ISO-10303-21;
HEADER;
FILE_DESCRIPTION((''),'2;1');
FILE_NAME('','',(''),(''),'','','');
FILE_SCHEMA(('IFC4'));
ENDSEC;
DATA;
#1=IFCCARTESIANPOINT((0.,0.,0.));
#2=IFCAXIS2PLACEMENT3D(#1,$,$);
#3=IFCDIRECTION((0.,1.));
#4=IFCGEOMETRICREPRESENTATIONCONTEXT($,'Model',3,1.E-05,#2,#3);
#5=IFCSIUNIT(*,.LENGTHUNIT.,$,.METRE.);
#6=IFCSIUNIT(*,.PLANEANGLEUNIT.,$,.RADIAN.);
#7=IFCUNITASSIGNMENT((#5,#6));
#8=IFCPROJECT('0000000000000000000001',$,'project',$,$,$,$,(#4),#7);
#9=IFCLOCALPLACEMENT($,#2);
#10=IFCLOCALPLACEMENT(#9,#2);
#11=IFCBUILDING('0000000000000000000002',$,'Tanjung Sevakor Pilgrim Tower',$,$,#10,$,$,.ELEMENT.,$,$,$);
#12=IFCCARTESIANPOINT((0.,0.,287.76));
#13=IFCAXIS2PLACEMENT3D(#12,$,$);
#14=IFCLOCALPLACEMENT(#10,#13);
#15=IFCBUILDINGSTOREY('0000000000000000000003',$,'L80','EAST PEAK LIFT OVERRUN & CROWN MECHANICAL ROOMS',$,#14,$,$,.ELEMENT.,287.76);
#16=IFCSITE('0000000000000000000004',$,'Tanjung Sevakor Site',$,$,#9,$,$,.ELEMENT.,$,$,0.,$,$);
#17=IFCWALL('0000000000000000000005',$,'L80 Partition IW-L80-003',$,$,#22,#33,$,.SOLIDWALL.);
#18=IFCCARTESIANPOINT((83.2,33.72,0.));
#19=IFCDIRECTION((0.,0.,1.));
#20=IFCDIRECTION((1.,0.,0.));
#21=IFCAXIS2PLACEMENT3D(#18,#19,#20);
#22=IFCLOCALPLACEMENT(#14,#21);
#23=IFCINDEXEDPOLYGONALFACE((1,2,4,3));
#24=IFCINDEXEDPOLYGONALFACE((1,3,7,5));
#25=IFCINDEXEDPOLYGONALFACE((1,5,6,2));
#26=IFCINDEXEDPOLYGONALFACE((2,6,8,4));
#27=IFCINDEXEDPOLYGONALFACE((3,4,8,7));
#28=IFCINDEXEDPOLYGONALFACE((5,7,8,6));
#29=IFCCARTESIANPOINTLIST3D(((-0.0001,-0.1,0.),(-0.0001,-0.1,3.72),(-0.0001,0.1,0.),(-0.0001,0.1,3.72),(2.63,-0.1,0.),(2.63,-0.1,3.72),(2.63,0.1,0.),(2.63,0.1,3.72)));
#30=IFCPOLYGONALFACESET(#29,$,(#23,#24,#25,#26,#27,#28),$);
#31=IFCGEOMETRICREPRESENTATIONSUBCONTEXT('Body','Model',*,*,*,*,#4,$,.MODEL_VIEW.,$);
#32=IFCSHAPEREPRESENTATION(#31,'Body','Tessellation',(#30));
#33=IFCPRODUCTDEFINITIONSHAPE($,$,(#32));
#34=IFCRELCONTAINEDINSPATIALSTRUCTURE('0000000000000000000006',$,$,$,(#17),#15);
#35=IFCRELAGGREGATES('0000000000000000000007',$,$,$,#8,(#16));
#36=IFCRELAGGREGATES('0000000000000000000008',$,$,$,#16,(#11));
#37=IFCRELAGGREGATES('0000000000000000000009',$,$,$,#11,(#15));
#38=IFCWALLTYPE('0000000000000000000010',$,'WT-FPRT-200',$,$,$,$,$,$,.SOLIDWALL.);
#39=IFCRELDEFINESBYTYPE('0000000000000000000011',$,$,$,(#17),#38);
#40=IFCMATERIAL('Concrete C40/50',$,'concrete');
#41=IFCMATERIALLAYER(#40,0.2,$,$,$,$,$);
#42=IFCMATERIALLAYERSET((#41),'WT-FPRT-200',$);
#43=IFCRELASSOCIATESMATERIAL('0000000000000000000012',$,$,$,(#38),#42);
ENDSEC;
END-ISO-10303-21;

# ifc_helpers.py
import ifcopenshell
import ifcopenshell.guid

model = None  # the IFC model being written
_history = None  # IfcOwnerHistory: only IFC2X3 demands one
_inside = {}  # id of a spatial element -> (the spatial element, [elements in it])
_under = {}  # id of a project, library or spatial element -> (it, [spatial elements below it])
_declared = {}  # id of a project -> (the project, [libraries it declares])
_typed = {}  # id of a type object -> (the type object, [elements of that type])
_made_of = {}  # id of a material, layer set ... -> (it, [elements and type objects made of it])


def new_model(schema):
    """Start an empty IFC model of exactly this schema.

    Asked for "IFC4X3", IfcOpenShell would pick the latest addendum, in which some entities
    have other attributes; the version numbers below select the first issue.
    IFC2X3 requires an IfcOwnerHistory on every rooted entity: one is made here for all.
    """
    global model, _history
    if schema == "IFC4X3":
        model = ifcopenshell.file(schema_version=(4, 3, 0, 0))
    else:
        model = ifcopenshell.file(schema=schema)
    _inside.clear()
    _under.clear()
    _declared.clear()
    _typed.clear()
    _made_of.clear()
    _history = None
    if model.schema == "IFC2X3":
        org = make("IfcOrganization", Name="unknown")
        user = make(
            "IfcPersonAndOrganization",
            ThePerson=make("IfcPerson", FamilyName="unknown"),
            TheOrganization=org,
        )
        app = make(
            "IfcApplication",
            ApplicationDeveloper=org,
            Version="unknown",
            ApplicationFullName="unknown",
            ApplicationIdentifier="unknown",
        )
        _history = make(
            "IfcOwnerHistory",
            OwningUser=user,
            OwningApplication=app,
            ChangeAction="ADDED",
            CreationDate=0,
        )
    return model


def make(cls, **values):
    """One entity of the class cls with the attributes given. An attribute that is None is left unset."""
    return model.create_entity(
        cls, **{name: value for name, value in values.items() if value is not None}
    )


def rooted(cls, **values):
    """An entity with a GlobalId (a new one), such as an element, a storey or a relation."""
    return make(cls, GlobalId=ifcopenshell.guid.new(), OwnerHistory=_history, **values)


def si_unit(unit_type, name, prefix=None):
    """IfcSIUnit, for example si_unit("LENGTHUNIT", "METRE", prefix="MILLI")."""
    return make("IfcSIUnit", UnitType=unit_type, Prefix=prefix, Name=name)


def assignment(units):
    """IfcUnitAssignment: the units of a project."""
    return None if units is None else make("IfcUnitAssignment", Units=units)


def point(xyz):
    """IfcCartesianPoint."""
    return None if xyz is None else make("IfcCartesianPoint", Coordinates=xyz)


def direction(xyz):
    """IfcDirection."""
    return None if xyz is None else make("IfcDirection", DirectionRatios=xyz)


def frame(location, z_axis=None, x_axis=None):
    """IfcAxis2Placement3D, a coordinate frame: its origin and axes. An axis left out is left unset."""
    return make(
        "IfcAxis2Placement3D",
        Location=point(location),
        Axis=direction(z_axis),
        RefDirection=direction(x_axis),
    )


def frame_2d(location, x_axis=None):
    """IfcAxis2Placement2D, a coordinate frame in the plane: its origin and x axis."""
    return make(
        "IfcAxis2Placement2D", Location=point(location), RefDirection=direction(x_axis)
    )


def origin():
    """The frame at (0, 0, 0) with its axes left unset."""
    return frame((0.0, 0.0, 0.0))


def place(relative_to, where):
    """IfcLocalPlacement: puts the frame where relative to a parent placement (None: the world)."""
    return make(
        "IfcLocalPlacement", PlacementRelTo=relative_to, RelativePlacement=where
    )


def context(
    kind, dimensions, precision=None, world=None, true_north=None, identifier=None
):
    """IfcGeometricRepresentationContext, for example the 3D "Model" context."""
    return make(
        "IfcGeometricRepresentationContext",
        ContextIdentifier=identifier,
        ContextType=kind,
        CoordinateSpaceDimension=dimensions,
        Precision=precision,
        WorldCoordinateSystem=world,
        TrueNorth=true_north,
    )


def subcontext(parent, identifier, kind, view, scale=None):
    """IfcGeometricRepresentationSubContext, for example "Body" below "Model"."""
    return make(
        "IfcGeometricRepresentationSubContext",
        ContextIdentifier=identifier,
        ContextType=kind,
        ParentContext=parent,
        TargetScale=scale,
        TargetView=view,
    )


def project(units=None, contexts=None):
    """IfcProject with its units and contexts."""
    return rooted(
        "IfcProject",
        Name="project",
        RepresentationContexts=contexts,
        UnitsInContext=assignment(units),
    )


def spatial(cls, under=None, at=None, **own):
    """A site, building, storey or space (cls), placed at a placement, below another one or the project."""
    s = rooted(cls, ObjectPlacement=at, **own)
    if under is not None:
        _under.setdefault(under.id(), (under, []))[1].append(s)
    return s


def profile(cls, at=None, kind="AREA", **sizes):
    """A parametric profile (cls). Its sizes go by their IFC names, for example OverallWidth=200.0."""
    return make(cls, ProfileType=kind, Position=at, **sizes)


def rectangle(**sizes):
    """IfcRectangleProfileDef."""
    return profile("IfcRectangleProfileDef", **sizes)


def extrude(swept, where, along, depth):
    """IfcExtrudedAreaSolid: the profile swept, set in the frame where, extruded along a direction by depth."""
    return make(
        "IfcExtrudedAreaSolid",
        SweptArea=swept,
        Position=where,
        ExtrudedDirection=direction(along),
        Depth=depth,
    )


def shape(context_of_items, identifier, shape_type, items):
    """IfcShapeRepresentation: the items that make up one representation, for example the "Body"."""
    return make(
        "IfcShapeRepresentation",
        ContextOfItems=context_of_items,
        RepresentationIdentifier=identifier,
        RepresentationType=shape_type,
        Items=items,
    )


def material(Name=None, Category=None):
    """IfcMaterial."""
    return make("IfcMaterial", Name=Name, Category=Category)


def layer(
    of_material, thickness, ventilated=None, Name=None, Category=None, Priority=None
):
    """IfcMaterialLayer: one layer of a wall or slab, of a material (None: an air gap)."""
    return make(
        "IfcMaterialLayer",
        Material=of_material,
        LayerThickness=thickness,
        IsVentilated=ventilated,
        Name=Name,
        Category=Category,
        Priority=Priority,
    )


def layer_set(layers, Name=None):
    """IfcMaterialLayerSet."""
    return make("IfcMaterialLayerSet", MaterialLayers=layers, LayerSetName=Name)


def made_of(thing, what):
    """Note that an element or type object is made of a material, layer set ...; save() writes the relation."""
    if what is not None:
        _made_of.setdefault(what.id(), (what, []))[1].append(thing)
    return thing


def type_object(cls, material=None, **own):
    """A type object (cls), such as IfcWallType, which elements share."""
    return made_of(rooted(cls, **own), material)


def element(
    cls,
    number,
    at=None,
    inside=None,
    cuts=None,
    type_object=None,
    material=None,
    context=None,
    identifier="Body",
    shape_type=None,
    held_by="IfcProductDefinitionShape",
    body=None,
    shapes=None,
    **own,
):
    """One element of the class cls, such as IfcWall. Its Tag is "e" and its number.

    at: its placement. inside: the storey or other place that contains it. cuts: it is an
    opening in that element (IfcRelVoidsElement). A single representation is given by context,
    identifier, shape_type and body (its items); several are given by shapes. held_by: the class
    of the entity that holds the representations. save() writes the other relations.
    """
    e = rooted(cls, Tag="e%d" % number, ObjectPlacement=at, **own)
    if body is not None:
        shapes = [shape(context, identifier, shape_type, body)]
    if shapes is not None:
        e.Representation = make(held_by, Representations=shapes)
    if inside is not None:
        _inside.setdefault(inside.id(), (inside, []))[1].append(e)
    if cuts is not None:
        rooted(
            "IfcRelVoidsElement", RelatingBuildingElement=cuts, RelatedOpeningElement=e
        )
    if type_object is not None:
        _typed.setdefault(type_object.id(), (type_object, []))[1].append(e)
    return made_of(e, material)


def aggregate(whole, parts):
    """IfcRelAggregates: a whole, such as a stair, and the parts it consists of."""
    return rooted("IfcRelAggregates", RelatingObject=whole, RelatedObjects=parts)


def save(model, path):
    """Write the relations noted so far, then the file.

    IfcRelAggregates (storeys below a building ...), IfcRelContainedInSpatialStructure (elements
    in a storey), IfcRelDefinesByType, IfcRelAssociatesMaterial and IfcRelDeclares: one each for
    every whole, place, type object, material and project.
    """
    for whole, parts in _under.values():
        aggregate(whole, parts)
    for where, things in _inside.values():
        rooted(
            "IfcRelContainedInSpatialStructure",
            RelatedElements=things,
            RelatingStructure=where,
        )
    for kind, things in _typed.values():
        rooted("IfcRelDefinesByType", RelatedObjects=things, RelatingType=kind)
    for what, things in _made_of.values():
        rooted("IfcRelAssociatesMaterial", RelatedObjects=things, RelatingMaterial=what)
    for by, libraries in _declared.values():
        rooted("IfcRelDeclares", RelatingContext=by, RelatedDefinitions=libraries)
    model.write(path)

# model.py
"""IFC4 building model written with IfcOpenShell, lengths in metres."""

from ifc_helpers import new_model, si_unit, direction, frame, frame_2d, origin, place, context, subcontext, project, spatial, rectangle, extrude, material, layer, layer_set, type_object, element, save


model = new_model("IFC4")

# Units and contexts
model_context = context("Model", 3, precision=1e-05, world=origin(), true_north=direction((0.0, 1.0)))
body_context = subcontext(model_context, "Body", "Model", "MODEL_VIEW")
ifc_project = project(units=[si_unit("LENGTHUNIT", "METRE"), si_unit("PLANEANGLEUNIT", "RADIAN")], contexts=[model_context])

# Site, building, storey
site_placement = place(None, origin())
site = spatial("IfcSite", under=ifc_project, at=site_placement, Name="Tanjung Sevakor Site", CompositionType="ELEMENT", RefElevation=0.0)
building_placement = place(site_placement, origin())
building = spatial("IfcBuilding", under=site, at=building_placement, Name="Tanjung Sevakor Pilgrim Tower", CompositionType="ELEMENT")
storey_placement = place(building_placement, frame((0.0, 0.0, 287.76)))
storey = spatial("IfcBuildingStorey", under=building, at=storey_placement, Name="L80", Description="EAST PEAK LIFT OVERRUN & CROWN MECHANICAL ROOMS", CompositionType="ELEMENT", Elevation=287.76)

# Wall
ifc_material_1 = material(Name="Concrete C40/50", Category="concrete")
ifc_layer_1 = layer(ifc_material_1, 0.2)
ifc_layer_set_1 = layer_set([ifc_layer_1], Name="WT-FPRT-200")
wall_type_1 = type_object("IfcWallType", Name="WT-FPRT-200", PredefinedType="SOLIDWALL", material=ifc_layer_set_1)
wall_1_placement = place(storey_placement, frame((83.2, 33.72, 0.0), z_axis=(0.0, 0.0, 1.0), x_axis=(1.0, 0.0, 0.0)))
element("IfcWall", 1, at=wall_1_placement, inside=storey, type_object=wall_type_1, Name="L80 Partition IW-L80-003", PredefinedType="SOLIDWALL", context=body_context, shape_type="SweptSolid", body=[
    extrude(rectangle(XDim=2.6301, YDim=0.2, at=frame_2d((1.3149, 0.0))), origin(), (0.0, 0.0, 1.0), 3.72),
])

save(model, "model.ifc")
